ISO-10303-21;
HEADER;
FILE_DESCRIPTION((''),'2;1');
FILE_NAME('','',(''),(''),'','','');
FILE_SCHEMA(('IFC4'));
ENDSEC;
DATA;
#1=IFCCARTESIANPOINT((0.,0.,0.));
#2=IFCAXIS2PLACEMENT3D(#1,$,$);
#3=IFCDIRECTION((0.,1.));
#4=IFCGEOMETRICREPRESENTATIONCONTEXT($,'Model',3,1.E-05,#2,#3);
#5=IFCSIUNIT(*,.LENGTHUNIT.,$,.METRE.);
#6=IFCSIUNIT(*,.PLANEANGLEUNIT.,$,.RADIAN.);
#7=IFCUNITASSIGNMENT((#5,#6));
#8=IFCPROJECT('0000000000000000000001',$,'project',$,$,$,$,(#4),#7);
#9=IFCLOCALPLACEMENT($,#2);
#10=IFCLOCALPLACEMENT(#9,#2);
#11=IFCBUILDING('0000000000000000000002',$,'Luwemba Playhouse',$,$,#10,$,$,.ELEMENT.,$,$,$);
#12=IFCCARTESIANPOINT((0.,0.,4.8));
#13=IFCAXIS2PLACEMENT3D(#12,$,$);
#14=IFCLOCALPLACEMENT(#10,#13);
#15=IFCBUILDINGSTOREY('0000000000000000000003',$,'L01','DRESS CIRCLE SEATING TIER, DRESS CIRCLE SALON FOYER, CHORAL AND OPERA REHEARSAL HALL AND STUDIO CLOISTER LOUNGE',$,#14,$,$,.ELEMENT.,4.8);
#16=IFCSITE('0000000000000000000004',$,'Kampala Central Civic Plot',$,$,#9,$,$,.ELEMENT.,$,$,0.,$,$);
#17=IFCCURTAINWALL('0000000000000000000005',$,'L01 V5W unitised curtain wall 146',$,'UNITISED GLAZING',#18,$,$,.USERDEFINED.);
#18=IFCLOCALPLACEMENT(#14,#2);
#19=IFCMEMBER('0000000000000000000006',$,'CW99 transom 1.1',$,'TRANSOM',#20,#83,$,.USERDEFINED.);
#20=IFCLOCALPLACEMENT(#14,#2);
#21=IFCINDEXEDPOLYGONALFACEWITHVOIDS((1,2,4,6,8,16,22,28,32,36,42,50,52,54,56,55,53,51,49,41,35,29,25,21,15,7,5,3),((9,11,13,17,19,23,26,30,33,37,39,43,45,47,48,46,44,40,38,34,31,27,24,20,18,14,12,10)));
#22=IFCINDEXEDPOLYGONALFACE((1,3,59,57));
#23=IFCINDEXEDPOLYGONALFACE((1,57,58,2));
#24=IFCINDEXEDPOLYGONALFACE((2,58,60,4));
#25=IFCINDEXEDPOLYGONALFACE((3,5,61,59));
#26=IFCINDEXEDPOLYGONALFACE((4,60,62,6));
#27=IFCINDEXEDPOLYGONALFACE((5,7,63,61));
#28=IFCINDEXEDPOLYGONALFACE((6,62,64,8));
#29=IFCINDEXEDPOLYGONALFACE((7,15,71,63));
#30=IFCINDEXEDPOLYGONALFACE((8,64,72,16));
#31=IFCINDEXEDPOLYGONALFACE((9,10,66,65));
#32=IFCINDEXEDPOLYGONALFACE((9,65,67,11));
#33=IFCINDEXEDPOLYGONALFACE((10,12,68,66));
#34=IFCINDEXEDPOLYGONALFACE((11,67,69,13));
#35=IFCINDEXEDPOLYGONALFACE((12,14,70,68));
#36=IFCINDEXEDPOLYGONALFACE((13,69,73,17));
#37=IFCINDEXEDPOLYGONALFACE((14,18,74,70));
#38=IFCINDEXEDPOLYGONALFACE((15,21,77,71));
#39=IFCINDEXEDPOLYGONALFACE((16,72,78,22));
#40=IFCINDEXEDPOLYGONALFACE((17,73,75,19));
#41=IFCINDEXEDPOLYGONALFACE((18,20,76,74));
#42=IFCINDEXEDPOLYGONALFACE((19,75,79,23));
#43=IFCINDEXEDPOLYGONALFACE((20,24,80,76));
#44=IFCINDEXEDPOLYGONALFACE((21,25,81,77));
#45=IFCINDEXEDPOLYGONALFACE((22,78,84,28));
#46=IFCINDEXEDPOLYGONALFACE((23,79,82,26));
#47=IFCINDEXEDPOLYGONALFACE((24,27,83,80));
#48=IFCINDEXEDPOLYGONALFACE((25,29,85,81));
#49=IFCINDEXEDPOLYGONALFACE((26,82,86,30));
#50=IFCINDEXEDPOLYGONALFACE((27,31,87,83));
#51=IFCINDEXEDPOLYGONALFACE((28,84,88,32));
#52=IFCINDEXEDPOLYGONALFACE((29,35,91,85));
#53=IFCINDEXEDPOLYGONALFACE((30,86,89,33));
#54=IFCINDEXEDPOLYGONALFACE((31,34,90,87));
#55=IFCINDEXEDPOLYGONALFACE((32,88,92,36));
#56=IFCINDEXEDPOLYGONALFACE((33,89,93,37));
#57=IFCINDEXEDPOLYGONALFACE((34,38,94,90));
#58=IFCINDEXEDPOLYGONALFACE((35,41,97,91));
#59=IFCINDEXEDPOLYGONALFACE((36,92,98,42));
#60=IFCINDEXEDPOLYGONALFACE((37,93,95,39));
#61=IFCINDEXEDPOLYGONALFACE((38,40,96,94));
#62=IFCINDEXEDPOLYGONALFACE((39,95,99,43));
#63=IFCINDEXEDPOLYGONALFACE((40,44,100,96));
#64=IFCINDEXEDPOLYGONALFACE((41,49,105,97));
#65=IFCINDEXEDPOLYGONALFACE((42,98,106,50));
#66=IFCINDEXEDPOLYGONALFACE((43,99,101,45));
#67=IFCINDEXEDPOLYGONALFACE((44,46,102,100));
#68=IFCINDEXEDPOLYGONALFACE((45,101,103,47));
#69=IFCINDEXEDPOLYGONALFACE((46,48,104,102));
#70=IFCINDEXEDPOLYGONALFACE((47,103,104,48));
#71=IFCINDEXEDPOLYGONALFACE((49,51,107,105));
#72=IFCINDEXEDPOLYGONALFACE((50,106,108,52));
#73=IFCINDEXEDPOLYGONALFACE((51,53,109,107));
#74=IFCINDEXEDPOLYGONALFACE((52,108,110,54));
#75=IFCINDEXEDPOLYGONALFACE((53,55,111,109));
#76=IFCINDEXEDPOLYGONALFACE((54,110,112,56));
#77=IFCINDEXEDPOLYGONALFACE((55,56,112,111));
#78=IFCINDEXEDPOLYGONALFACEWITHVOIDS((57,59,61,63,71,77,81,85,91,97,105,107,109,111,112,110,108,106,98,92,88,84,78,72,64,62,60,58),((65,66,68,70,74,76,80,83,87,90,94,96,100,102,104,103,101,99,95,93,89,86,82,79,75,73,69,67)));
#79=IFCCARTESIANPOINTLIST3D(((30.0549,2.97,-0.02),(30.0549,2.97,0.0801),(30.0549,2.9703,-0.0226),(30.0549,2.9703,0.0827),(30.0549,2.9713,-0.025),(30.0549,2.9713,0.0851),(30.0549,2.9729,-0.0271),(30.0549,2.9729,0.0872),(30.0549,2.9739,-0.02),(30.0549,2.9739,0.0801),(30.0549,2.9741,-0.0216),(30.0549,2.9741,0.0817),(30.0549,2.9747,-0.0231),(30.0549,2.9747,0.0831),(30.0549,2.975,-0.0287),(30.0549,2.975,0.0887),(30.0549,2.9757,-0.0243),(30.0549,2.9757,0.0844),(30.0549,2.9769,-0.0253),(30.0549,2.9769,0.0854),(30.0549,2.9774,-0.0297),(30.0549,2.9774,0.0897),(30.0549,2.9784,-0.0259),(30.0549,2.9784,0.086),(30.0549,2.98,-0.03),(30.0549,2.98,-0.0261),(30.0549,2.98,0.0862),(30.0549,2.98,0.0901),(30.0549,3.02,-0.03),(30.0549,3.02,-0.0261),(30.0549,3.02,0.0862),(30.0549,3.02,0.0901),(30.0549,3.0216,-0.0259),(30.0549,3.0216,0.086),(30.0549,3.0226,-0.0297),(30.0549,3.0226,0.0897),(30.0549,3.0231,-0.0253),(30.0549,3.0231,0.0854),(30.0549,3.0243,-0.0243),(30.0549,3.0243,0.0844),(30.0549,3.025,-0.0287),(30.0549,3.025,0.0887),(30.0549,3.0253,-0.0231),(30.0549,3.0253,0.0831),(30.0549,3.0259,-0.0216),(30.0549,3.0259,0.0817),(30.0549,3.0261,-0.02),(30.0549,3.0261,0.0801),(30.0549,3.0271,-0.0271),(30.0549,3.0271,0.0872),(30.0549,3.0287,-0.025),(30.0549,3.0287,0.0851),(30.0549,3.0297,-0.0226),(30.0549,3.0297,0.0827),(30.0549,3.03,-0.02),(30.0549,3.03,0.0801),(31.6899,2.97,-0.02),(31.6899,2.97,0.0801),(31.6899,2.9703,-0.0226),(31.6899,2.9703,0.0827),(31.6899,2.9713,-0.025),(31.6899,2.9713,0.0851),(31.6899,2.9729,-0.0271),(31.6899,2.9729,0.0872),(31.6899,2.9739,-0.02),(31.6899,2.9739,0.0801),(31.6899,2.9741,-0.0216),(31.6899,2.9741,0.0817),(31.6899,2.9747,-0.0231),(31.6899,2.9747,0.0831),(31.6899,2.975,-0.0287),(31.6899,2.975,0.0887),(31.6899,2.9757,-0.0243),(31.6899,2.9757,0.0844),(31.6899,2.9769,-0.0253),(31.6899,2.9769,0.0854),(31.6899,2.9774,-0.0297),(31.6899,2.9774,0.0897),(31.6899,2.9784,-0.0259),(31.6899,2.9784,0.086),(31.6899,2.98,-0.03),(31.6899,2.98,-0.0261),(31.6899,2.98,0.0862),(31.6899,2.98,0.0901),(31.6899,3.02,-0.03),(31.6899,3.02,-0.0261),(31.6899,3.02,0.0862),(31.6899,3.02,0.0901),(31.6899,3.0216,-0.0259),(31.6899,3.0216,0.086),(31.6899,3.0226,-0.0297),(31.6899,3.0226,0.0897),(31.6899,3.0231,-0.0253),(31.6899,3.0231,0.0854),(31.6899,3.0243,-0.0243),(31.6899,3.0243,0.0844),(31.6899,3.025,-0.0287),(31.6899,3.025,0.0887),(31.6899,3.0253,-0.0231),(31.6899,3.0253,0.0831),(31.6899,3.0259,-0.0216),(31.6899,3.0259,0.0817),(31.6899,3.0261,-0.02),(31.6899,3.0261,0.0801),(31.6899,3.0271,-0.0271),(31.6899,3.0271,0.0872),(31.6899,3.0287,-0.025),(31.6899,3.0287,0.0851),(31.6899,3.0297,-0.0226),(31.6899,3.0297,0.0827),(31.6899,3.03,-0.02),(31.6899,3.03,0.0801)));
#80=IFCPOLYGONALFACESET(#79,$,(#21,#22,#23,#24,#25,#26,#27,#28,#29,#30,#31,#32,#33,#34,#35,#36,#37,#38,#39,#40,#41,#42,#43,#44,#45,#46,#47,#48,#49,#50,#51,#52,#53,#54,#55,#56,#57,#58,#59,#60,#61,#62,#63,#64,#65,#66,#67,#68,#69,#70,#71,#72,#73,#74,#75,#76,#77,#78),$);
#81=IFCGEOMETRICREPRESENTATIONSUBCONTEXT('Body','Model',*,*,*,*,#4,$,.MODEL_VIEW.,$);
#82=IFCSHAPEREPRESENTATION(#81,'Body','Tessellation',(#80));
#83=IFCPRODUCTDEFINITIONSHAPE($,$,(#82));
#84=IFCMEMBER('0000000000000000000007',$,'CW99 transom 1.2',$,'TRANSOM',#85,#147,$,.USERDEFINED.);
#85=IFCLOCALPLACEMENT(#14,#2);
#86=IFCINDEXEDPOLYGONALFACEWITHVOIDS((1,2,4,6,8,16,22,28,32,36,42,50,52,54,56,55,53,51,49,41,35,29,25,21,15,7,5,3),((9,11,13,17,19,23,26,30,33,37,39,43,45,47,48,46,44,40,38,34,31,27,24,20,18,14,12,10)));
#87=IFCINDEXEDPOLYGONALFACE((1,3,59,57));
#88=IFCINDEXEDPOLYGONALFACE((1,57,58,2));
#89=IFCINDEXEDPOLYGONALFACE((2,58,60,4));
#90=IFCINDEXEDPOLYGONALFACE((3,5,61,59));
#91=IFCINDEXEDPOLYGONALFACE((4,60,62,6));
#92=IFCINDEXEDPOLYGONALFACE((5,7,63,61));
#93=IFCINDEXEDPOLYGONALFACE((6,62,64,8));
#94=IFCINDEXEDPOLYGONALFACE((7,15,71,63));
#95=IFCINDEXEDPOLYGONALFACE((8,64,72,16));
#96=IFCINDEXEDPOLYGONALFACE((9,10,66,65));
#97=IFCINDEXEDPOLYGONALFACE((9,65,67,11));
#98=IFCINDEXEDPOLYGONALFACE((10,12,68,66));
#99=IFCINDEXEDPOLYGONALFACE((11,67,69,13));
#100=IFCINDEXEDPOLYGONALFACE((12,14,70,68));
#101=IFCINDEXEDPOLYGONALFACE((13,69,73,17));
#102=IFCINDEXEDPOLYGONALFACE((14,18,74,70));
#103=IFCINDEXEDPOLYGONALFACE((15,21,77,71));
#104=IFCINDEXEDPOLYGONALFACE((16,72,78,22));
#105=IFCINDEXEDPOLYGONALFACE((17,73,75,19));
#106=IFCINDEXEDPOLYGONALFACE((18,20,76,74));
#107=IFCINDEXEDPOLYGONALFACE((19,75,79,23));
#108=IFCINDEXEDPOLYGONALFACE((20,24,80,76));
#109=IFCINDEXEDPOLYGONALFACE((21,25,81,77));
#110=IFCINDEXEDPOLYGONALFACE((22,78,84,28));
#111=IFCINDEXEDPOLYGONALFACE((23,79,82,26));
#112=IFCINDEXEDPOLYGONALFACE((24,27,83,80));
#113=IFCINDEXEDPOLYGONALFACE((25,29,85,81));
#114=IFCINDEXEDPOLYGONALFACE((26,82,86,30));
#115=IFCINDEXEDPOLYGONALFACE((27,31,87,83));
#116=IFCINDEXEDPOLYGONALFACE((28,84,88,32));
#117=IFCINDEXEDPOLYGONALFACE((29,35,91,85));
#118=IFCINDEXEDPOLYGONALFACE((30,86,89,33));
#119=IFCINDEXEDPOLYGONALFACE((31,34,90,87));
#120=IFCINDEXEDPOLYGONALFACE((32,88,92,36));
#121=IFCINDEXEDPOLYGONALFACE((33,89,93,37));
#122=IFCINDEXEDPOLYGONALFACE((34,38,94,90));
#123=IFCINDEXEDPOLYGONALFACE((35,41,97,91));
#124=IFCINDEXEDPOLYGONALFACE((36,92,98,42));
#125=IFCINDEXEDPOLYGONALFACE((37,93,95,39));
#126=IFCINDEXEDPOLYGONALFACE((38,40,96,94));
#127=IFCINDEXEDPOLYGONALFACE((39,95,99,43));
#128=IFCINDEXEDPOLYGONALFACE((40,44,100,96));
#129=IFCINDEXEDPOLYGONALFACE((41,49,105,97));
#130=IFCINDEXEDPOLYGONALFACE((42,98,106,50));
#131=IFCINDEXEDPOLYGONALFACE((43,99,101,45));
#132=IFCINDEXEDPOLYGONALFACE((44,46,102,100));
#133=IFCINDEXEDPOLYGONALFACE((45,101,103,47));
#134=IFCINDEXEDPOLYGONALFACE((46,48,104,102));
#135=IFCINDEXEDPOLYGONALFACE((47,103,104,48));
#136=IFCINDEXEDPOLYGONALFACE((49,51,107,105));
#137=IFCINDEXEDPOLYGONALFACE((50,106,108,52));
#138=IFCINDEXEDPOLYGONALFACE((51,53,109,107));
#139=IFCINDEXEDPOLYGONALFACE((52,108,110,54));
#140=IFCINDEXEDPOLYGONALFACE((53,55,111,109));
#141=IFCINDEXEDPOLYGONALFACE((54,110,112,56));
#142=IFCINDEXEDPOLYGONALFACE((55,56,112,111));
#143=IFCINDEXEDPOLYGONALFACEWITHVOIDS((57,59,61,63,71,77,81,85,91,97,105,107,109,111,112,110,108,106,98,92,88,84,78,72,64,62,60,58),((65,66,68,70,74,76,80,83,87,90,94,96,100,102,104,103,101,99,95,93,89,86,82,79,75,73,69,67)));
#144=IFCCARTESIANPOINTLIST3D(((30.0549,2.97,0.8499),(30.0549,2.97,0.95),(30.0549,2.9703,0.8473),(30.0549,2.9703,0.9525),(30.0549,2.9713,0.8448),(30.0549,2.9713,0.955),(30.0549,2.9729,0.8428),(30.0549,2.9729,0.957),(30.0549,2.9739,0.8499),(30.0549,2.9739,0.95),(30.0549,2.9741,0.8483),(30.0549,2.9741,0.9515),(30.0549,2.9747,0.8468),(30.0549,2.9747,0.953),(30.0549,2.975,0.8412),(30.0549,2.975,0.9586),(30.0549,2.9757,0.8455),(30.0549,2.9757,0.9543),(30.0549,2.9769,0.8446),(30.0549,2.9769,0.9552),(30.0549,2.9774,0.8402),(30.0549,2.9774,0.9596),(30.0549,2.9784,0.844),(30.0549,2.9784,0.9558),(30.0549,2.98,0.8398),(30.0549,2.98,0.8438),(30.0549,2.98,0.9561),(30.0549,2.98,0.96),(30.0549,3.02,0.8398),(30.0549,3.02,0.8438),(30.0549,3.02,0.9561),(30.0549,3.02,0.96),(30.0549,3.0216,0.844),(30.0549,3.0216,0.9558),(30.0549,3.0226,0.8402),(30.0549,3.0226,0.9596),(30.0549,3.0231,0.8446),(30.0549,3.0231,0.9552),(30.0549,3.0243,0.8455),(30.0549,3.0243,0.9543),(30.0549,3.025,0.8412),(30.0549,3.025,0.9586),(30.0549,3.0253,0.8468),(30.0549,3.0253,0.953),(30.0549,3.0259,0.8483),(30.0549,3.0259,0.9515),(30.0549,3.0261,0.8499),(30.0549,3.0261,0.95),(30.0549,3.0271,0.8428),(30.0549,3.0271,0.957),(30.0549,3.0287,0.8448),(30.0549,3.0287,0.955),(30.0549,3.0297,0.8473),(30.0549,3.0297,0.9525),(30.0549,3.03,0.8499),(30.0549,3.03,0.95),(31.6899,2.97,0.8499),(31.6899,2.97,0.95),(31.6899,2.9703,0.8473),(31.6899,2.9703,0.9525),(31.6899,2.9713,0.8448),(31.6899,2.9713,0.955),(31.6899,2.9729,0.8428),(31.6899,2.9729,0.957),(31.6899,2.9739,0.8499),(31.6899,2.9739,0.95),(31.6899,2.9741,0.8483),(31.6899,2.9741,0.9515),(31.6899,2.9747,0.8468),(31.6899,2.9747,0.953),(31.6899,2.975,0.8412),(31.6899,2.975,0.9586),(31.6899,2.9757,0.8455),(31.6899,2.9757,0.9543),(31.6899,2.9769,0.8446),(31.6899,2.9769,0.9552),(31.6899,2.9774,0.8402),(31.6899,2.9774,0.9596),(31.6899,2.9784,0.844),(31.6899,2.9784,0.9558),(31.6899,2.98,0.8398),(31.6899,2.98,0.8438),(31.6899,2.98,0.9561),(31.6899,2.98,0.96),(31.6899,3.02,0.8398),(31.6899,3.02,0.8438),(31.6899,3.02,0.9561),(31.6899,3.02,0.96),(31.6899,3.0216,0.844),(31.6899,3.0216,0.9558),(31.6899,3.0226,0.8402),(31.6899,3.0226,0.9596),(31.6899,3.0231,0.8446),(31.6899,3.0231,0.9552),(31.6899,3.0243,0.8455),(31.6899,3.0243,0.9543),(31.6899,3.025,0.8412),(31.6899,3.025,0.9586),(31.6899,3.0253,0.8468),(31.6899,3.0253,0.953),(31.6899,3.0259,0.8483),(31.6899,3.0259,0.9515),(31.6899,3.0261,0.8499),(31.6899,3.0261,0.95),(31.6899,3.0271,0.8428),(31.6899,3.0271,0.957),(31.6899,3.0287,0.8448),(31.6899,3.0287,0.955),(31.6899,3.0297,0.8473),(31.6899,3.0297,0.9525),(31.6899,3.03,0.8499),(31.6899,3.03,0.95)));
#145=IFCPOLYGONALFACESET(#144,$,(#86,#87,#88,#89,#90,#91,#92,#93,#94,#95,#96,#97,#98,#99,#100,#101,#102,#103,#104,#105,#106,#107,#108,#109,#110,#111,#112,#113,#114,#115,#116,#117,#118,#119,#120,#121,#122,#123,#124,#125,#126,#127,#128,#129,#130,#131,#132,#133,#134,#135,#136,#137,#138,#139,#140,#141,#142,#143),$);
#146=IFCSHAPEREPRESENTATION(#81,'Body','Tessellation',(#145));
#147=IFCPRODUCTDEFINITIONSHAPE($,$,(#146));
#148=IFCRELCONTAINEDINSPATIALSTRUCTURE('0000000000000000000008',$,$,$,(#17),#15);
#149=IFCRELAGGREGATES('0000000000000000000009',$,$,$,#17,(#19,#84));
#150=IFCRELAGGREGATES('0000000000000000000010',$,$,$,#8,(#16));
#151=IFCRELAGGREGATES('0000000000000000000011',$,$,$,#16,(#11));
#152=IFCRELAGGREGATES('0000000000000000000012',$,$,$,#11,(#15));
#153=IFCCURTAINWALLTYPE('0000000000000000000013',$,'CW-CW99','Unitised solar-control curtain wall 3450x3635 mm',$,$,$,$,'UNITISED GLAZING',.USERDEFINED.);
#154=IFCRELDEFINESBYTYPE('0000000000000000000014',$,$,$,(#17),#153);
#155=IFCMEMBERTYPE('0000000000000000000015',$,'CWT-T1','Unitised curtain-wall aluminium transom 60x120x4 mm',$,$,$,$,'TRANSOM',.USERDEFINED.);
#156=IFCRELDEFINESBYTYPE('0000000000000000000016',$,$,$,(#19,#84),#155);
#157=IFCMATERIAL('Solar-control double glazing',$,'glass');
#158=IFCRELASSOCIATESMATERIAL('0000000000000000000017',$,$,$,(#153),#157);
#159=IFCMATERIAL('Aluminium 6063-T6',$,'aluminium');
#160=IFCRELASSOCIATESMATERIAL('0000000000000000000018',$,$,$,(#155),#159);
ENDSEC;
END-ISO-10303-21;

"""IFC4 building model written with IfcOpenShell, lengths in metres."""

from ifc_helpers import new_model, si_unit, direction, frame, origin, origin_2d, place, context, subcontext, project, spatial, hollow_rectangle, extrude, material, material_profile, profile_set, type_object, element, aggregate, save


model = new_model("IFC4")

# Units and contexts
model_context = context("Model", 3, precision=1e-05, world=origin(), true_north=direction((0.0, 1.0)))
body_context = subcontext(model_context, "Body", "Model", "MODEL_VIEW")
ifc_project = project(units=[si_unit("LENGTHUNIT", "METRE"), si_unit("PLANEANGLEUNIT", "RADIAN")], contexts=[model_context])

# Site, building, storey
site_placement = place(None, origin())
site = spatial("IfcSite", under=ifc_project, at=site_placement, Name="Kampala Central Civic Plot", CompositionType="ELEMENT", RefElevation=0.0)
building_placement = place(site_placement, origin())
building = spatial("IfcBuilding", under=site, at=building_placement, Name="Luwemba Playhouse", CompositionType="ELEMENT")
storey_placement = place(building_placement, frame((0.0, 0.0, 4.8)))
storey = spatial("IfcBuildingStorey", under=building, at=storey_placement, Name="L01", Description="DRESS CIRCLE SEATING TIER, DRESS CIRCLE SALON FOYER, CHORAL AND OPERA REHEARSAL HALL AND STUDIO CLOISTER LOUNGE", CompositionType="ELEMENT", Elevation=4.8)

# Curtain wall
ifc_material_1 = material(Name="Solar-control double glazing", Category="glass")
curtain_wall_type_1 = type_object("IfcCurtainWallType", Name="CW-CW99", Description="Unitised solar-control curtain wall 3450x3635 mm", ElementType="UNITISED GLAZING", PredefinedType="USERDEFINED", material=ifc_material_1)
curtain_wall_1_placement = place(storey_placement, origin())
curtain_wall_1 = element("IfcCurtainWall", 1, at=curtain_wall_1_placement, inside=storey, type_object=curtain_wall_type_1, Name="L01 V5W unitised curtain wall 146", ObjectType="UNITISED GLAZING", PredefinedType="USERDEFINED")
ifc_material_2 = material(Name="Aluminium 6063-T6", Category="aluminium")

# Members
ifc_material_profile_1 = material_profile(ifc_material_2, hollow_rectangle(XDim=0.0601, YDim=0.1201, WallThickness=0.0039, InnerFilletRadius=0.0061, OuterFilletRadius=0.01, at=origin_2d()))
ifc_profile_set_1 = profile_set([ifc_material_profile_1], Name="Aluminium 6063-T6")
member_type_1 = type_object("IfcMemberType", Name="CWT-T1", Description="Unitised curtain-wall aluminium transom 60x120x4 mm", ElementType="TRANSOM", PredefinedType="USERDEFINED", material=ifc_profile_set_1)
member_1_placement = place(storey_placement, frame((31.6899, 3.0, 0.03), z_axis=(-1.0, 0.0, 0.0), x_axis=(0.0, -1.0, 0.0)))
member_1 = element("IfcMember", 2, at=member_1_placement, type_object=member_type_1, Name="CW99 transom 1.1", ObjectType="TRANSOM", PredefinedType="USERDEFINED", context=body_context, shape_type="SweptSolid", body=[
    extrude(hollow_rectangle(XDim=0.0601, YDim=0.1201, WallThickness=0.0039, InnerFilletRadius=0.0061, OuterFilletRadius=0.01, at=origin_2d()), origin(), (0.0, 0.0, 1.0), 1.635),
])
member_2_placement = place(storey_placement, frame((31.6899, 3.0, 0.8999), z_axis=(-1.0, 0.0, 0.0), x_axis=(0.0, -1.0, 0.0)))
member_2 = element("IfcMember", 3, at=member_2_placement, type_object=member_type_1, Name="CW99 transom 1.2", ObjectType="TRANSOM", PredefinedType="USERDEFINED", context=body_context, shape_type="SweptSolid", body=[
    extrude(hollow_rectangle(XDim=0.0601, YDim=0.1201, WallThickness=0.0039, InnerFilletRadius=0.0061, OuterFilletRadius=0.01, at=origin_2d()), origin(), (0.0, 0.0, 1.0), 1.635),
])

aggregate(curtain_wall_1, [member_1, member_2])

save(model, "model.ifc")
